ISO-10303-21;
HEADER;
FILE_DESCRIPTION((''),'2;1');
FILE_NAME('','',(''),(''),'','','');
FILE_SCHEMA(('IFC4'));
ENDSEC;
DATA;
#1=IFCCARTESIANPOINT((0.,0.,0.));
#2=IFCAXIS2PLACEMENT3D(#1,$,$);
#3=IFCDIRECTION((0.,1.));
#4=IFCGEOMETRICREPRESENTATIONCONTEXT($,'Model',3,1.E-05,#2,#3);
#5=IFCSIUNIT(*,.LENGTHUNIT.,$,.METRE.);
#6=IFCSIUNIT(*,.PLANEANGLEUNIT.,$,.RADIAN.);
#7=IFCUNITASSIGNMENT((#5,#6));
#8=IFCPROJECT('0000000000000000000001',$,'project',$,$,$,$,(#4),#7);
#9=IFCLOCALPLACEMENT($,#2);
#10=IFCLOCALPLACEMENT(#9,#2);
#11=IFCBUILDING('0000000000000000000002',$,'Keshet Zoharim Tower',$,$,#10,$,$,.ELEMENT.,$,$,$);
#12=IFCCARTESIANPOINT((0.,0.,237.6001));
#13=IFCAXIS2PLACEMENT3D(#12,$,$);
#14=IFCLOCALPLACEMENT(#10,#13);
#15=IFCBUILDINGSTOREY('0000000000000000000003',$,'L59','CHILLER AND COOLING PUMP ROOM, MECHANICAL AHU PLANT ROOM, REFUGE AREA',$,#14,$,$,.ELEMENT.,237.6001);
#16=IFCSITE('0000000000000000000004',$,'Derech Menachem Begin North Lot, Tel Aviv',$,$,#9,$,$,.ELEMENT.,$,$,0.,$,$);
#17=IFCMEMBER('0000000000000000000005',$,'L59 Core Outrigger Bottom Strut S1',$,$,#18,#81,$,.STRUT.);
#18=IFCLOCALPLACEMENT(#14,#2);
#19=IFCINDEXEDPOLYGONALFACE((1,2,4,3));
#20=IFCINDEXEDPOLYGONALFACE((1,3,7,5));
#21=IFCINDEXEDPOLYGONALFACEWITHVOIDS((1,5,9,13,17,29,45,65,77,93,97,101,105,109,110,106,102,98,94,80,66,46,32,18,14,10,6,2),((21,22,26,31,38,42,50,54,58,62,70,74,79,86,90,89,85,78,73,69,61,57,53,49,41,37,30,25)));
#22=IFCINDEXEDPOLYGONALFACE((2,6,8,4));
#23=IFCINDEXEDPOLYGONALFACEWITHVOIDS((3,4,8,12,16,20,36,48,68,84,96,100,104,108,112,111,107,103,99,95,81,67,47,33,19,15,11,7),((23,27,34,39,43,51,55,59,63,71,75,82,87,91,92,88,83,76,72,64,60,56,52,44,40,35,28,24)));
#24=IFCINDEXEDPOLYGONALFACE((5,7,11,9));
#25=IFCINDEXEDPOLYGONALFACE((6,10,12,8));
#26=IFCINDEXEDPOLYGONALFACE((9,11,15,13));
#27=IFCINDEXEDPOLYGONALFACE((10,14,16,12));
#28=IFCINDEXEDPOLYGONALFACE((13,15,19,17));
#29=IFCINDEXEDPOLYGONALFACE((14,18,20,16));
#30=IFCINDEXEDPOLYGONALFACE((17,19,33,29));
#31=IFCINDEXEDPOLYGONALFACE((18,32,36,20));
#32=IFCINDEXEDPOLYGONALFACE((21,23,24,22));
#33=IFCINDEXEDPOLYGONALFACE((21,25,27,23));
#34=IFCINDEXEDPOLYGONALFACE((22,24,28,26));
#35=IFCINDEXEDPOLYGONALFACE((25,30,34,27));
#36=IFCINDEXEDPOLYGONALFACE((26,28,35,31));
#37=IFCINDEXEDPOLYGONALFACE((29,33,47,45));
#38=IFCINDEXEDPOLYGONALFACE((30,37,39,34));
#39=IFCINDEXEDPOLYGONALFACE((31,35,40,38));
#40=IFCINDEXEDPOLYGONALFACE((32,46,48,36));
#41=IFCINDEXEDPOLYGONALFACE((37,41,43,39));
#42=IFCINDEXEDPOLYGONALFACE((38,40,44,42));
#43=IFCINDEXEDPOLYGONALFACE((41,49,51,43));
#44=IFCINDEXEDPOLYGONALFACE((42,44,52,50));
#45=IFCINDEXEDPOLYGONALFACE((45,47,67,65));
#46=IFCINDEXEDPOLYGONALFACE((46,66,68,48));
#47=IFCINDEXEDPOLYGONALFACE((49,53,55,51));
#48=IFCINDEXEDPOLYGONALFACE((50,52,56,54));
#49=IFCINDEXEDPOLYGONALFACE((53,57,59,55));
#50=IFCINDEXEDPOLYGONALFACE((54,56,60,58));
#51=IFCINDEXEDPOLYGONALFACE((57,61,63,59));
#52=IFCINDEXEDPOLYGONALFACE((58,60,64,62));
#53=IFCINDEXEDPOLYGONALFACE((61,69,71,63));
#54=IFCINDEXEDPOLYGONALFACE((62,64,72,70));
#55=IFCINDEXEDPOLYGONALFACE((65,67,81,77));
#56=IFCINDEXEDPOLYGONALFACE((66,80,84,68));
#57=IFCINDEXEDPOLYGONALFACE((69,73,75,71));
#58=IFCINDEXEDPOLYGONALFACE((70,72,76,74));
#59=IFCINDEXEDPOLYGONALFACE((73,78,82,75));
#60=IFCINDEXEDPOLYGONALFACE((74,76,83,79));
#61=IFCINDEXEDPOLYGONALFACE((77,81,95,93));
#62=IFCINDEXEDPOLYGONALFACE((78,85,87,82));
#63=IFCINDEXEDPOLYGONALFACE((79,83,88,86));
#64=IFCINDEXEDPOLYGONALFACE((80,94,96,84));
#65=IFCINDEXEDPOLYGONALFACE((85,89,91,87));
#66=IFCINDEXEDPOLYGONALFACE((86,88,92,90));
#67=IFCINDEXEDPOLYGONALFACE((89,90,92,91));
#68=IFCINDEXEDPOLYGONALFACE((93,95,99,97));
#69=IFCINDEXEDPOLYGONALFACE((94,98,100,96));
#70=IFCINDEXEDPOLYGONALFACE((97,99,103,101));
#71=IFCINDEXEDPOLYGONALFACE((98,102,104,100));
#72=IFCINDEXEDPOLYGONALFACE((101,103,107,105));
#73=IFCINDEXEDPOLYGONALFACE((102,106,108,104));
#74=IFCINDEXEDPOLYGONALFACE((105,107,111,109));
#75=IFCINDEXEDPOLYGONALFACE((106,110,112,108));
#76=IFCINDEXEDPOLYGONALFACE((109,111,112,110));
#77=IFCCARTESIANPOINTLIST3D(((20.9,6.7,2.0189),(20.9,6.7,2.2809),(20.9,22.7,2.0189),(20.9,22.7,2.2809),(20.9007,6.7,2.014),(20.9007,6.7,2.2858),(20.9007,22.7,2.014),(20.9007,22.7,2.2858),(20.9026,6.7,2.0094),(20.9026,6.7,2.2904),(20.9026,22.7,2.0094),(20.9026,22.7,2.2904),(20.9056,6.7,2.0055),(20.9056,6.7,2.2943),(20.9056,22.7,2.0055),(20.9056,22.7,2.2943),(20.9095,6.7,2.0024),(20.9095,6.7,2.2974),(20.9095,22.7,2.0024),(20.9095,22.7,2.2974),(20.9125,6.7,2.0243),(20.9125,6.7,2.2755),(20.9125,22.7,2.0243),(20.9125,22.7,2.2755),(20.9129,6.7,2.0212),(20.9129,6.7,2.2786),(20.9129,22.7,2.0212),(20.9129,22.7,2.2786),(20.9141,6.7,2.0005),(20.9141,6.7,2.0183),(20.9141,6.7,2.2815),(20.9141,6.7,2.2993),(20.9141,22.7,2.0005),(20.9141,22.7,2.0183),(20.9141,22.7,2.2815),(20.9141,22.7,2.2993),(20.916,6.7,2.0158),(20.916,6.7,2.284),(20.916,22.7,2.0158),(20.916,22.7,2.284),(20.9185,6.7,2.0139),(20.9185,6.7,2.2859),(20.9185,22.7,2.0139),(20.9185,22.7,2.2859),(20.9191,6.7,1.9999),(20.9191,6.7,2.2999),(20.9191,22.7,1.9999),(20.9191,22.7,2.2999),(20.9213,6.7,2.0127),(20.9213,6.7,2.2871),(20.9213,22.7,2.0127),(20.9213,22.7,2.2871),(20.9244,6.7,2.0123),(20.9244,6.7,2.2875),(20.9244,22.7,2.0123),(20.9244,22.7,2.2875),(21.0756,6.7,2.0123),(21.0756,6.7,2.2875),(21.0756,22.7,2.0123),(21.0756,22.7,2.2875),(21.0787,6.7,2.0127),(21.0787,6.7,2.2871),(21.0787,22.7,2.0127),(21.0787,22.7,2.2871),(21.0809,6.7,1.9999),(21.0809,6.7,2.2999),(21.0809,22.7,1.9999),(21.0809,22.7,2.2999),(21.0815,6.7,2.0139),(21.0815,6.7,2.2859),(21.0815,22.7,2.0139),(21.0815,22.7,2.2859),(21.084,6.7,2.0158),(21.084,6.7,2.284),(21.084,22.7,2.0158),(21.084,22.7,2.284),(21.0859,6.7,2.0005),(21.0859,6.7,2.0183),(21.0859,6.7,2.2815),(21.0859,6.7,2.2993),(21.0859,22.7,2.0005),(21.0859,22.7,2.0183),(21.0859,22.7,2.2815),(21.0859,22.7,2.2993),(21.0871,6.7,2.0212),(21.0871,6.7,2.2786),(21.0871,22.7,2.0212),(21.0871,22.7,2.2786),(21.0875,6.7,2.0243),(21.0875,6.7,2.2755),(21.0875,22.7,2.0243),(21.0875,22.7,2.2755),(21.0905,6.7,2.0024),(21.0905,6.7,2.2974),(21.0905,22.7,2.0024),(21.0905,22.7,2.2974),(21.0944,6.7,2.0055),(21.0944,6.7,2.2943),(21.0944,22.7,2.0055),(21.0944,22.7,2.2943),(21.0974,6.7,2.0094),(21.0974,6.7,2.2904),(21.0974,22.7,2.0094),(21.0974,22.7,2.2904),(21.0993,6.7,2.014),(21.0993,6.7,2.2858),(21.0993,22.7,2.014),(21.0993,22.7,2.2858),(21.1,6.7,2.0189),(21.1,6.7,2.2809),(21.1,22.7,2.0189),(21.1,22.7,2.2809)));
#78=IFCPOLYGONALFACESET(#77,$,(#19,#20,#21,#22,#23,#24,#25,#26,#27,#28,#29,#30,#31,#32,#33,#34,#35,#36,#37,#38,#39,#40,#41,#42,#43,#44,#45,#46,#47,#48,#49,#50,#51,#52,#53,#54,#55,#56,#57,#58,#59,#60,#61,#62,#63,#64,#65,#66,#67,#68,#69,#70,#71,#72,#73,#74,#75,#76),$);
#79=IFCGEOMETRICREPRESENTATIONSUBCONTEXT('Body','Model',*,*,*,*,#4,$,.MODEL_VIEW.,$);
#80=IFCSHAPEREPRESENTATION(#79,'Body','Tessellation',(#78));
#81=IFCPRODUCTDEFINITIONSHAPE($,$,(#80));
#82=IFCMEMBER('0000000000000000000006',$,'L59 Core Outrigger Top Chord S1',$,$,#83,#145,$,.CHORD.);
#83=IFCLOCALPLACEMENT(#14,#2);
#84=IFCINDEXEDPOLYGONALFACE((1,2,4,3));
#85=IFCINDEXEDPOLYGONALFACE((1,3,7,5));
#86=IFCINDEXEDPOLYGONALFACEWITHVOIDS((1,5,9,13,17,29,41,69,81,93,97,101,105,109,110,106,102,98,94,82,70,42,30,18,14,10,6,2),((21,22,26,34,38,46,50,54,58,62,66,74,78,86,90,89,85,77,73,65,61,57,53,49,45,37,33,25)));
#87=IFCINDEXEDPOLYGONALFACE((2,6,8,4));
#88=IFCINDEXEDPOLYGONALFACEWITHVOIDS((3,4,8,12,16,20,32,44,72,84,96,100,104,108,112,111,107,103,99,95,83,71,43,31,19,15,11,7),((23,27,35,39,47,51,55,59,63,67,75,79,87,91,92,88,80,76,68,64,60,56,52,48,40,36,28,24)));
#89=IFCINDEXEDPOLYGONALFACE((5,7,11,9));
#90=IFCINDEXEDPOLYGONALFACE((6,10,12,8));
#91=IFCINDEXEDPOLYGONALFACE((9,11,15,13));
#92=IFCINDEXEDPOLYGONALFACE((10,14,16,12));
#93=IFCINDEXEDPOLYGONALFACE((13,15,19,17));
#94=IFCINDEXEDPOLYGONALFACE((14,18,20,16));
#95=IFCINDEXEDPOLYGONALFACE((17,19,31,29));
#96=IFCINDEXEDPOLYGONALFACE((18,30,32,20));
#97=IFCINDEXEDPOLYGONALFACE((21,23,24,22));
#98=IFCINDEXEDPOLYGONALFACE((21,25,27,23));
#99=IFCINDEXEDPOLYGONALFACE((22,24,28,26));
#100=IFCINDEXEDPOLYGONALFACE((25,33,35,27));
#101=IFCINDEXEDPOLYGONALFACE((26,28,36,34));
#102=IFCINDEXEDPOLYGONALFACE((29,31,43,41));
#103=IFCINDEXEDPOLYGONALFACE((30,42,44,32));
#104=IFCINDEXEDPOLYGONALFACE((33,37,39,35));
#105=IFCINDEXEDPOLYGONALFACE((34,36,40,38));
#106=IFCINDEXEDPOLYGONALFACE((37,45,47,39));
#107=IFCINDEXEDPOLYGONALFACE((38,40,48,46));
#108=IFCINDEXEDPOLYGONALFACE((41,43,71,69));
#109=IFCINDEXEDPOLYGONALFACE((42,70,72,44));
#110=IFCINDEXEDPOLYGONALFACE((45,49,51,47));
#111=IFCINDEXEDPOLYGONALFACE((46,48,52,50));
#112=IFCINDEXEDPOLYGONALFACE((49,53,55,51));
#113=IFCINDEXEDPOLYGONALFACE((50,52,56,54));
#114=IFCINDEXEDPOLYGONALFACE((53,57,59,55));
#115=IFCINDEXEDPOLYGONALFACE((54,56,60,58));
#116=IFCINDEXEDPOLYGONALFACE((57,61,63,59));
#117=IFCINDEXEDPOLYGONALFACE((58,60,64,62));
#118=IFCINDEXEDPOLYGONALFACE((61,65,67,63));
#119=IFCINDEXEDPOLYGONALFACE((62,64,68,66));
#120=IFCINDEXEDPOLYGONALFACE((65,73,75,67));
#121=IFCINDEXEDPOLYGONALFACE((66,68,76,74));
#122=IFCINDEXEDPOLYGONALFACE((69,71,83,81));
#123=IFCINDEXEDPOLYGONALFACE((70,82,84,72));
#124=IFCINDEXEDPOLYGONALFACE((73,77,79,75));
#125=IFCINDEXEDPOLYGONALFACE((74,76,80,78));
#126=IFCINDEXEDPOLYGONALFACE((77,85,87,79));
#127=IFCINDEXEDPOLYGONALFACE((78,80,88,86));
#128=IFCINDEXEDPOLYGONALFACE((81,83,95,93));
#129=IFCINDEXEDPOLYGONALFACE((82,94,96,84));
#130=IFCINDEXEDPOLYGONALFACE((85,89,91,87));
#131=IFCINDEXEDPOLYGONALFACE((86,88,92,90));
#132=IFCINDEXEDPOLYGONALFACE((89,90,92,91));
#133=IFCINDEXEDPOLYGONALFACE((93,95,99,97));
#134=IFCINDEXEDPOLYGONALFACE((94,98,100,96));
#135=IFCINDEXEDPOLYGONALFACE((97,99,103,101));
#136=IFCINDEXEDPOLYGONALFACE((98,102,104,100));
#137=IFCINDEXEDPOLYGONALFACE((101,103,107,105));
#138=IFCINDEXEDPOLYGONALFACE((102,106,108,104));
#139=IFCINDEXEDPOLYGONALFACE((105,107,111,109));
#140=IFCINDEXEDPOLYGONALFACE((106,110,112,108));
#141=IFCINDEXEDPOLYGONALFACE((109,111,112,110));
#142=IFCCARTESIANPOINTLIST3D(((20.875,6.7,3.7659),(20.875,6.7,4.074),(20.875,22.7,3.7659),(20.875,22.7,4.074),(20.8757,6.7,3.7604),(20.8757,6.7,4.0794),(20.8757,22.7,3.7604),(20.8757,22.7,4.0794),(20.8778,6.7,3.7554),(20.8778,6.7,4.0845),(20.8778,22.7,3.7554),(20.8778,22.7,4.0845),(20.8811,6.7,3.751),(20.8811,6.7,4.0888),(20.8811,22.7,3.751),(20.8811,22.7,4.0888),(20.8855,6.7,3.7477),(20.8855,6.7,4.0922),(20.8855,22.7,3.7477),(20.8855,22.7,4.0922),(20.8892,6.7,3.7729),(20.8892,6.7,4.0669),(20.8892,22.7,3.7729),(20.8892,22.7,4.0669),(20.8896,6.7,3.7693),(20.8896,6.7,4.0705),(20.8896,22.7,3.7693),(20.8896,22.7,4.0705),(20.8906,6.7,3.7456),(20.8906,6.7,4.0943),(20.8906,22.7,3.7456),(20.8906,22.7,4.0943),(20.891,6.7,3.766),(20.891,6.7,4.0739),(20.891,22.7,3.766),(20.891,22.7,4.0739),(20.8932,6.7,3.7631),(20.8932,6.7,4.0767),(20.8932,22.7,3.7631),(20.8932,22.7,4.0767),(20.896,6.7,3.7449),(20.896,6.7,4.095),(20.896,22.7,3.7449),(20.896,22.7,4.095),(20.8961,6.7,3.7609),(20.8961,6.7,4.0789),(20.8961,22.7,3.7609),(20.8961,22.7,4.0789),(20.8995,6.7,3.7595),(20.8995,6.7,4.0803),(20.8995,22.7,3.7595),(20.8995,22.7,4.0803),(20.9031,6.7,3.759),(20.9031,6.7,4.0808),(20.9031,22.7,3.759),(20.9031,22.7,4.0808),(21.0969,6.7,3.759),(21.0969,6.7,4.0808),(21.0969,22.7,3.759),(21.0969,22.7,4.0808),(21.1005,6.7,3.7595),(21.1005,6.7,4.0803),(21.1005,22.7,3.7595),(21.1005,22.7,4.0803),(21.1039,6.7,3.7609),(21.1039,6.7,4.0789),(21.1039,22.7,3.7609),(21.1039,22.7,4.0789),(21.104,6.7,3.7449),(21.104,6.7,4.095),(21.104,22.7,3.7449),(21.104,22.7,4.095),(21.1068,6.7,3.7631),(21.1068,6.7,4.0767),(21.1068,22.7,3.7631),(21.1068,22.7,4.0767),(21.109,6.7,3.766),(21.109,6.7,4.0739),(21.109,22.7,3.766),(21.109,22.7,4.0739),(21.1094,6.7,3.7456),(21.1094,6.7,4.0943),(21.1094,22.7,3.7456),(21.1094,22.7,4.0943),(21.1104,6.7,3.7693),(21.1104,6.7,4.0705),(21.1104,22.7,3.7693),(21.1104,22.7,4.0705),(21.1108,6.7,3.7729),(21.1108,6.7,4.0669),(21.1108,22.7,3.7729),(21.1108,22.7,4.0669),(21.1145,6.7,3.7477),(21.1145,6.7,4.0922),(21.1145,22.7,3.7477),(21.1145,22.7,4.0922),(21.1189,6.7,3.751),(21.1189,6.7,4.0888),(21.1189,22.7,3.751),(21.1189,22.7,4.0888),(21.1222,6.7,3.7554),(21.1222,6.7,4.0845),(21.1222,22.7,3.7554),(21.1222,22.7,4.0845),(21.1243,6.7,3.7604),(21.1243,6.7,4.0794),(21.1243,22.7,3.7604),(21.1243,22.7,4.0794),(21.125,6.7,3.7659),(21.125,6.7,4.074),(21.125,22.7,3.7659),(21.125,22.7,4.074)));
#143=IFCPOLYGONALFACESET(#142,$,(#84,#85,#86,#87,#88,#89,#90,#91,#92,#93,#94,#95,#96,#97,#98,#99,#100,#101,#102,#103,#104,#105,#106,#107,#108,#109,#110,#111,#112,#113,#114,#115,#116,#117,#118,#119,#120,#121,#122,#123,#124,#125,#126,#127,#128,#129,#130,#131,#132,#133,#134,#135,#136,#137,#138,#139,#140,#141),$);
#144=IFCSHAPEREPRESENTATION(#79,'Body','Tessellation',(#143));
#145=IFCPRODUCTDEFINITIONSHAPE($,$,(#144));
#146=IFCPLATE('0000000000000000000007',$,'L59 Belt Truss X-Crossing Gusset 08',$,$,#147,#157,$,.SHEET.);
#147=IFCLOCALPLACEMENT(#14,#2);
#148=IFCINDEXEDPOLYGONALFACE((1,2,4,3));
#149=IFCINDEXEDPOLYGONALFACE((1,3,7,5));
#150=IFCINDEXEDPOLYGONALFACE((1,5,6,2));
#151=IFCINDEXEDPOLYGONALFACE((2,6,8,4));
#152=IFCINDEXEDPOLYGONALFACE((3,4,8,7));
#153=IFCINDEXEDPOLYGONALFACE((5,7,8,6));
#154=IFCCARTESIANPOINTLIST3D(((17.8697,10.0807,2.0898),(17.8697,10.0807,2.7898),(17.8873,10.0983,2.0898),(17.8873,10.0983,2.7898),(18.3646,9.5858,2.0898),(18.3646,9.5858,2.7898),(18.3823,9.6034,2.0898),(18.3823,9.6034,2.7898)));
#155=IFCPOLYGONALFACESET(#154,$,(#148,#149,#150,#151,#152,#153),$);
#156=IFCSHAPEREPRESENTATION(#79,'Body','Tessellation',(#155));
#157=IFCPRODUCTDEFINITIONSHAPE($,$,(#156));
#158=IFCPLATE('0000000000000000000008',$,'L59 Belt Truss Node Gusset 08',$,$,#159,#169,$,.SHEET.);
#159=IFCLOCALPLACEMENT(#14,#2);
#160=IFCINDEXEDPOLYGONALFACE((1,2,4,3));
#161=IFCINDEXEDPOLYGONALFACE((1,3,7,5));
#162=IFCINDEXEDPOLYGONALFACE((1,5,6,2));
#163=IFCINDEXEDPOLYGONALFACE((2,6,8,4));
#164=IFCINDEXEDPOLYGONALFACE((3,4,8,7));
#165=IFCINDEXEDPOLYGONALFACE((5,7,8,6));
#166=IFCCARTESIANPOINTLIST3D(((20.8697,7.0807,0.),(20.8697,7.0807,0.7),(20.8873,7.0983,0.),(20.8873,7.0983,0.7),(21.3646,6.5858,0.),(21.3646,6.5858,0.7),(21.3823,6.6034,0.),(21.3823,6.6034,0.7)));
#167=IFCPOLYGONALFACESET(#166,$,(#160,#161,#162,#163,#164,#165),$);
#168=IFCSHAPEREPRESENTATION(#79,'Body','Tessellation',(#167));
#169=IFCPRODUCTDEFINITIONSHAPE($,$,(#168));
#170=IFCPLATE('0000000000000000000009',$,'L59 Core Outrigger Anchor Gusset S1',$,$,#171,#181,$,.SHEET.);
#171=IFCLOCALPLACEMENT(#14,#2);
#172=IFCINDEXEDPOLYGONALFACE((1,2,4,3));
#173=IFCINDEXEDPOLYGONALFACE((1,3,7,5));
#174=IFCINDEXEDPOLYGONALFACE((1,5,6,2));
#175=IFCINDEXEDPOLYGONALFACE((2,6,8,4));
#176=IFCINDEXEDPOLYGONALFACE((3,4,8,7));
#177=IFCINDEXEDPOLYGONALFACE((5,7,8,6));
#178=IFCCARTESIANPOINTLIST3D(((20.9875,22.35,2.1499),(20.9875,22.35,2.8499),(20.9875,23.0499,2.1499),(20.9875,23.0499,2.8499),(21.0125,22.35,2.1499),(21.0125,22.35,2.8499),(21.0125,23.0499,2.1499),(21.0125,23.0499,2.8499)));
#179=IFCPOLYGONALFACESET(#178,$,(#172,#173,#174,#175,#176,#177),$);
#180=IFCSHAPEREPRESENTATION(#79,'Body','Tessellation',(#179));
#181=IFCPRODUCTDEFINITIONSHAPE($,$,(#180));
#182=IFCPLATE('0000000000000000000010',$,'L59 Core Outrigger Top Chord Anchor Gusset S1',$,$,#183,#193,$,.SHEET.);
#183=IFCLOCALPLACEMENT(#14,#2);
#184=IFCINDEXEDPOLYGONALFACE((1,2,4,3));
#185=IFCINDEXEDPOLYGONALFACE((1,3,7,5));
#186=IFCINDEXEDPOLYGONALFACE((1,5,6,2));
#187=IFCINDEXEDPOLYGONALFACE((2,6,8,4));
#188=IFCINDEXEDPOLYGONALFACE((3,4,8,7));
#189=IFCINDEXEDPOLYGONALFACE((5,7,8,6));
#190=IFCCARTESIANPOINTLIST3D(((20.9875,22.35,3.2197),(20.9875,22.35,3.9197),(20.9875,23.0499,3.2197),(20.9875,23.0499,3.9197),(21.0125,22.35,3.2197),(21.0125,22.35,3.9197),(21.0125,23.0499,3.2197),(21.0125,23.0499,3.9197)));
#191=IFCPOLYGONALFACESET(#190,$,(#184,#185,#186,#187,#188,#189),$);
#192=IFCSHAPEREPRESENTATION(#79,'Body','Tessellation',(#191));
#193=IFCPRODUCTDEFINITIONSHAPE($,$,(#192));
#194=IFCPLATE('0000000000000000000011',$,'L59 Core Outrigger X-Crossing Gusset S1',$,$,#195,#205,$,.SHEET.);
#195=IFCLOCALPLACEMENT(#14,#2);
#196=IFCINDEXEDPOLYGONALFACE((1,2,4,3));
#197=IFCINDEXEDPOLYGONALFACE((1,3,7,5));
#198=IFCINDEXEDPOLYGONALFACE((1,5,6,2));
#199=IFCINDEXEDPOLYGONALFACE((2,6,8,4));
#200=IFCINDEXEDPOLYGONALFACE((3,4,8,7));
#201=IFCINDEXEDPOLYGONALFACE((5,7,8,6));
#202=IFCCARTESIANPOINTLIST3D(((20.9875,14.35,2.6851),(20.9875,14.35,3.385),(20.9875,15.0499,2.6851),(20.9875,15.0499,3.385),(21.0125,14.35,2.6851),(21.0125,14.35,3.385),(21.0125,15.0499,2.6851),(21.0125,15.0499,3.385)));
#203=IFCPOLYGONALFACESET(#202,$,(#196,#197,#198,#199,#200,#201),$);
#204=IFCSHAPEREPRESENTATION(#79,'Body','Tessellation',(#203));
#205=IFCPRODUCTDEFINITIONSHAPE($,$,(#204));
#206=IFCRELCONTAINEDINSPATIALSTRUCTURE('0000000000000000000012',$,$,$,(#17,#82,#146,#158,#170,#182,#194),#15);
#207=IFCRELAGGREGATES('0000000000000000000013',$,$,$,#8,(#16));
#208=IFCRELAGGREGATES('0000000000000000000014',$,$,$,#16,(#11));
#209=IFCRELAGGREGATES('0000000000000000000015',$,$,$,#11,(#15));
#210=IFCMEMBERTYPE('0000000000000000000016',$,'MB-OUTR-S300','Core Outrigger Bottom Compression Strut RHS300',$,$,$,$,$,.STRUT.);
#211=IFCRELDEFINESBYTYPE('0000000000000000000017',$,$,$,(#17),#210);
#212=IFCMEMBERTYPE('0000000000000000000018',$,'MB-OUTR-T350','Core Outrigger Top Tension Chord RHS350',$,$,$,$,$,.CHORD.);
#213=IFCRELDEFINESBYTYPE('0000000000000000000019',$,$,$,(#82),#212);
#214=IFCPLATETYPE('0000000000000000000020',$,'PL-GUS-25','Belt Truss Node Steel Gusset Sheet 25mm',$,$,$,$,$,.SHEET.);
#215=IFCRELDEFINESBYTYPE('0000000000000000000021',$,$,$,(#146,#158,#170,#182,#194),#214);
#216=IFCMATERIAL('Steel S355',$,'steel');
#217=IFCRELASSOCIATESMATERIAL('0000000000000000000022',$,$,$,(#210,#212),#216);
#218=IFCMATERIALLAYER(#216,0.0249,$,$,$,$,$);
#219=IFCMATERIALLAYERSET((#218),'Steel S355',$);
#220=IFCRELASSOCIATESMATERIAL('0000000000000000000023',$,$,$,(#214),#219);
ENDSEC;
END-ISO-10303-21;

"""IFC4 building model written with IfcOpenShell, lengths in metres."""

from ifc_helpers import new_model, si_unit, direction, frame, origin, origin_2d, place, context, subcontext, project, spatial, rectangle, hollow_rectangle, extrude, material, layer, layer_set, material_profile, profile_set, type_object, element, save


model = new_model("IFC4")

# Units and contexts
model_context = context("Model", 3, precision=1e-05, world=origin(), true_north=direction((0.0, 1.0)))
body_context = subcontext(model_context, "Body", "Model", "MODEL_VIEW")
ifc_project = project(units=[si_unit("LENGTHUNIT", "METRE"), si_unit("PLANEANGLEUNIT", "RADIAN")], contexts=[model_context])

# Site, building, storey
site_placement = place(None, origin())
site = spatial("IfcSite", under=ifc_project, at=site_placement, Name="Derech Menachem Begin North Lot, Tel Aviv", CompositionType="ELEMENT", RefElevation=0.0)
building_placement = place(site_placement, origin())
building = spatial("IfcBuilding", under=site, at=building_placement, Name="Keshet Zoharim Tower", CompositionType="ELEMENT")
storey_placement = place(building_placement, frame((0.0, 0.0, 237.6001)))
storey = spatial("IfcBuildingStorey", under=building, at=storey_placement, Name="L59", Description="CHILLER AND COOLING PUMP ROOM, MECHANICAL AHU PLANT ROOM, REFUGE AREA", CompositionType="ELEMENT", Elevation=237.6001)

# Shared definitions
ifc_material_1 = material(Name="Steel S355", Category="steel")

# Members
ifc_material_profile_1 = material_profile(ifc_material_1, hollow_rectangle(XDim=0.2, YDim=0.3, WallThickness=0.0125, InnerFilletRadius=0.012, OuterFilletRadius=0.019, at=origin_2d()), Name="RHS300x200x12.5")
ifc_profile_set_1 = profile_set([ifc_material_profile_1], Name="Steel S355")
member_type_1 = type_object("IfcMemberType", Name="MB-OUTR-S300", Description="Core Outrigger Bottom Compression Strut RHS300", PredefinedType="STRUT", material=ifc_profile_set_1)
member_1_placement = place(storey_placement, frame((21.0, 22.7, 2.1499), z_axis=(0.0, -1.0, 0.0), x_axis=(1.0, 0.0, 0.0)))
element("IfcMember", 1, at=member_1_placement, inside=storey, type_object=member_type_1, Name="L59 Core Outrigger Bottom Strut S1", PredefinedType="STRUT", context=body_context, shape_type="SweptSolid", body=[
    extrude(hollow_rectangle(XDim=0.2, YDim=0.3, WallThickness=0.0125, InnerFilletRadius=0.012, OuterFilletRadius=0.019, at=origin_2d()), origin(), (0.0, 0.0, 1.0), 16.0),
])
ifc_material_profile_2 = material_profile(ifc_material_1, hollow_rectangle(XDim=0.25, YDim=0.3501, WallThickness=0.0142, InnerFilletRadius=0.0139, OuterFilletRadius=0.021, at=origin_2d()), Name="RHS350x250x14.2")
ifc_profile_set_2 = profile_set([ifc_material_profile_2], Name="Steel S355")
member_type_2 = type_object("IfcMemberType", Name="MB-OUTR-T350", Description="Core Outrigger Top Tension Chord RHS350", PredefinedType="CHORD", material=ifc_profile_set_2)
member_2_placement = place(storey_placement, frame((21.0, 22.7, 3.9199), z_axis=(0.0, -1.0, 0.0), x_axis=(1.0, 0.0, 0.0)))
element("IfcMember", 2, at=member_2_placement, inside=storey, type_object=member_type_2, Name="L59 Core Outrigger Top Chord S1", PredefinedType="CHORD", context=body_context, shape_type="SweptSolid", body=[
    extrude(hollow_rectangle(XDim=0.25, YDim=0.3501, WallThickness=0.0142, InnerFilletRadius=0.0139, OuterFilletRadius=0.021, at=origin_2d()), origin(), (0.0, 0.0, 1.0), 16.0),
])

# Plates
ifc_layer_1 = layer(ifc_material_1, 0.0249)
ifc_layer_set_1 = layer_set([ifc_layer_1], Name="Steel S355")
plate_type = type_object("IfcPlateType", Name="PL-GUS-25", Description="Belt Truss Node Steel Gusset Sheet 25mm", PredefinedType="SHEET", material=ifc_layer_set_1)
for number, where, z_axis, x_axis, name in (
    (3, (18.126, 9.842, 2.0898), (0.0, 0.0, 1.0), (-0.707107, 0.707107, 0.0), "L59 Belt Truss X-Crossing Gusset 08"),
    (4, (21.126, 6.842, 0.0), (0.0, 0.0, 1.0), (-0.707107, 0.707107, 0.0), "L59 Belt Truss Node Gusset 08"),
    (5, (21.0, 22.7, 2.1499), (0.0, 0.0, 1.0), (0.0, 1.0, 0.0), "L59 Core Outrigger Anchor Gusset S1"),
    (6, (21.0, 22.7, 3.2197), (0.0, 0.0, 1.0), (0.0, 1.0, 0.0), "L59 Core Outrigger Top Chord Anchor Gusset S1"),
    (7, (21.0, 14.7, 2.6851), (0.0, 0.0, 1.0), (0.0, 1.0, 0.0), "L59 Core Outrigger X-Crossing Gusset S1"),
):
    element("IfcPlate", number, at=place(storey_placement, frame(where, z_axis=z_axis, x_axis=x_axis)), inside=storey, type_object=plate_type, Name=name, PredefinedType="SHEET", context=body_context, shape_type="SweptSolid", body=[
        extrude(rectangle(XDim=0.7, YDim=0.0249, at=origin_2d()), origin(), (0.0, 0.0, 1.0), 0.7),
    ])

save(model, "model.ifc")
